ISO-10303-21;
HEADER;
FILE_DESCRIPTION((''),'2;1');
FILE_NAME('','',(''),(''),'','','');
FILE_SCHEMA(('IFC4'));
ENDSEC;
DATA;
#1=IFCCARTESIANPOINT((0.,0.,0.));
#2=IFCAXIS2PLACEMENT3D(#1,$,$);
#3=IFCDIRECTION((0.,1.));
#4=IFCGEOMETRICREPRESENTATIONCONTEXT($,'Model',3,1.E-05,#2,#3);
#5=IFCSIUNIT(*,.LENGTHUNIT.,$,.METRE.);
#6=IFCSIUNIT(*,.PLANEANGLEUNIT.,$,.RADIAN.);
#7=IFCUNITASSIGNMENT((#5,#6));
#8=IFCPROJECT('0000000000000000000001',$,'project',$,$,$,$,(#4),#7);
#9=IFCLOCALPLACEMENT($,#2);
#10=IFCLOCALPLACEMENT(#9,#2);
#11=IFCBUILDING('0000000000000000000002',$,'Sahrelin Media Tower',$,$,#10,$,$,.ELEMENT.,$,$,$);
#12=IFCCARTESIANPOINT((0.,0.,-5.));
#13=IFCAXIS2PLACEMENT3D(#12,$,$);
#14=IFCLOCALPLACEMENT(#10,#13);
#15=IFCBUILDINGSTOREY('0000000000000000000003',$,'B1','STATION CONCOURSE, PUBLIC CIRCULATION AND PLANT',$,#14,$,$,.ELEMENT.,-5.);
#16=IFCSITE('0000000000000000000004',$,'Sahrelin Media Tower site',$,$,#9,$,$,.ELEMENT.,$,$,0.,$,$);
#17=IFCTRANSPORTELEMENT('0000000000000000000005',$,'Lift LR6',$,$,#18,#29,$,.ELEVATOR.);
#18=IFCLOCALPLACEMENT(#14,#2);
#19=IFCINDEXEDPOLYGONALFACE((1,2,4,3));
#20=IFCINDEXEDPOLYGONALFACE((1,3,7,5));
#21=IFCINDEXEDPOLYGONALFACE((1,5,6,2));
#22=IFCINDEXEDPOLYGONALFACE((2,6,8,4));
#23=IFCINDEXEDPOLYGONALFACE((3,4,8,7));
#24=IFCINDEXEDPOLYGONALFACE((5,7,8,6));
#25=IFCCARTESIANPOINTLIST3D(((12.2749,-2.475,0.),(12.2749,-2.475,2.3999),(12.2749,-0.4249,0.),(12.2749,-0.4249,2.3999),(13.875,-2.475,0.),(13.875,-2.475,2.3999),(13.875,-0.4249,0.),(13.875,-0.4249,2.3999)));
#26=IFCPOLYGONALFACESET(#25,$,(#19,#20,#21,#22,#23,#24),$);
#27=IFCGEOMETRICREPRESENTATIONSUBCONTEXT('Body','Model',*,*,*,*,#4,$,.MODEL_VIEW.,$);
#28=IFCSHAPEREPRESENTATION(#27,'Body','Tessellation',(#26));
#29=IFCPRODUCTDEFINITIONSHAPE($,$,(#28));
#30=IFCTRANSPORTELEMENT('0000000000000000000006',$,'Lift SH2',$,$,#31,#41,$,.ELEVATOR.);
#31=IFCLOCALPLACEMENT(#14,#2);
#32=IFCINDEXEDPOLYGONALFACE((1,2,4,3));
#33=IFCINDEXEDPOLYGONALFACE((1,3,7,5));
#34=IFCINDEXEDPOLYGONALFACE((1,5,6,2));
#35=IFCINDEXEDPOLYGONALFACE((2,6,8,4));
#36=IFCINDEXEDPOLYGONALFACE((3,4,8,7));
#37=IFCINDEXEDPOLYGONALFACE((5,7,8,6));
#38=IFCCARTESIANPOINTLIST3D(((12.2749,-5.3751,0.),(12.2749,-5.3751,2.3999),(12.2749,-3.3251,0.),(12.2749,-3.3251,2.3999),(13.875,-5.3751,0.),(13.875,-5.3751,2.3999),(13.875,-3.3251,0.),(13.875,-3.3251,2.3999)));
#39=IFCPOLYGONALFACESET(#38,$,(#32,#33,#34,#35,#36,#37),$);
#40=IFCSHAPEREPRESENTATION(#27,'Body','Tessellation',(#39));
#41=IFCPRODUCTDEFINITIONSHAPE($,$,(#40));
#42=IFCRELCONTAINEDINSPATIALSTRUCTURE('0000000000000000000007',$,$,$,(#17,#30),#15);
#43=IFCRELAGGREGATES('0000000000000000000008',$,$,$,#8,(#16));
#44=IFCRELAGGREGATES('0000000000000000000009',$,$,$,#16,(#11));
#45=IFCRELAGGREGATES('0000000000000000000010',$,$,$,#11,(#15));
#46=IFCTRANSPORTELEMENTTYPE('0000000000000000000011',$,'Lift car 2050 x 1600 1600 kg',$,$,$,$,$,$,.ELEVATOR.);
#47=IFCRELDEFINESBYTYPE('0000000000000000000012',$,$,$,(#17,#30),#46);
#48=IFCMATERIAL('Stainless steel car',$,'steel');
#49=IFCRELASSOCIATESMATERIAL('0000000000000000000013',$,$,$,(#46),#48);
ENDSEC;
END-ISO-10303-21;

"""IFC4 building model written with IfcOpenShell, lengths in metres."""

from ifc_helpers import new_model, si_unit, direction, frame, origin, origin_2d, place, context, subcontext, project, spatial, rectangle, extrude, material, type_object, element, save


model = new_model("IFC4")

# Units and contexts
model_context = context("Model", 3, precision=1e-05, world=origin(), true_north=direction((0.0, 1.0)))
body_context = subcontext(model_context, "Body", "Model", "MODEL_VIEW")
ifc_project = project(units=[si_unit("LENGTHUNIT", "METRE"), si_unit("PLANEANGLEUNIT", "RADIAN")], contexts=[model_context])

# Site, building, storey
site_placement = place(None, origin())
site = spatial("IfcSite", under=ifc_project, at=site_placement, Name="Sahrelin Media Tower site", CompositionType="ELEMENT", RefElevation=0.0)
building_placement = place(site_placement, origin())
building = spatial("IfcBuilding", under=site, at=building_placement, Name="Sahrelin Media Tower", CompositionType="ELEMENT")
storey_placement = place(building_placement, frame((0.0, 0.0, -5.0)))
storey = spatial("IfcBuildingStorey", under=building, at=storey_placement, Name="B1", Description="STATION CONCOURSE, PUBLIC CIRCULATION AND PLANT", CompositionType="ELEMENT", Elevation=-5.0)

# Transport elements
ifc_material_1 = material(Name="Stainless steel car", Category="steel")
transport_element_type = type_object("IfcTransportElementType", Name="Lift car 2050 x 1600 1600 kg", PredefinedType="ELEVATOR", material=ifc_material_1)
for number, where, z_axis, x_axis, name in (
    (1, (13.075, -1.45, 0.0), (0.0, 0.0, 1.0), (1.0, 0.0, 0.0), "Lift LR6"),
    (2, (13.075, -4.3501, 0.0), (0.0, 0.0, 1.0), (1.0, 0.0, 0.0), "Lift SH2"),
):
    element("IfcTransportElement", number, at=place(storey_placement, frame(where, z_axis=z_axis, x_axis=x_axis)), inside=storey, type_object=transport_element_type, Name=name, PredefinedType="ELEVATOR", context=body_context, shape_type="SweptSolid", body=[
        extrude(rectangle(XDim=1.6001, YDim=2.05, at=origin_2d()), origin(), (0.0, 0.0, 1.0), 2.3999),
    ])

save(model, "model.ifc")
